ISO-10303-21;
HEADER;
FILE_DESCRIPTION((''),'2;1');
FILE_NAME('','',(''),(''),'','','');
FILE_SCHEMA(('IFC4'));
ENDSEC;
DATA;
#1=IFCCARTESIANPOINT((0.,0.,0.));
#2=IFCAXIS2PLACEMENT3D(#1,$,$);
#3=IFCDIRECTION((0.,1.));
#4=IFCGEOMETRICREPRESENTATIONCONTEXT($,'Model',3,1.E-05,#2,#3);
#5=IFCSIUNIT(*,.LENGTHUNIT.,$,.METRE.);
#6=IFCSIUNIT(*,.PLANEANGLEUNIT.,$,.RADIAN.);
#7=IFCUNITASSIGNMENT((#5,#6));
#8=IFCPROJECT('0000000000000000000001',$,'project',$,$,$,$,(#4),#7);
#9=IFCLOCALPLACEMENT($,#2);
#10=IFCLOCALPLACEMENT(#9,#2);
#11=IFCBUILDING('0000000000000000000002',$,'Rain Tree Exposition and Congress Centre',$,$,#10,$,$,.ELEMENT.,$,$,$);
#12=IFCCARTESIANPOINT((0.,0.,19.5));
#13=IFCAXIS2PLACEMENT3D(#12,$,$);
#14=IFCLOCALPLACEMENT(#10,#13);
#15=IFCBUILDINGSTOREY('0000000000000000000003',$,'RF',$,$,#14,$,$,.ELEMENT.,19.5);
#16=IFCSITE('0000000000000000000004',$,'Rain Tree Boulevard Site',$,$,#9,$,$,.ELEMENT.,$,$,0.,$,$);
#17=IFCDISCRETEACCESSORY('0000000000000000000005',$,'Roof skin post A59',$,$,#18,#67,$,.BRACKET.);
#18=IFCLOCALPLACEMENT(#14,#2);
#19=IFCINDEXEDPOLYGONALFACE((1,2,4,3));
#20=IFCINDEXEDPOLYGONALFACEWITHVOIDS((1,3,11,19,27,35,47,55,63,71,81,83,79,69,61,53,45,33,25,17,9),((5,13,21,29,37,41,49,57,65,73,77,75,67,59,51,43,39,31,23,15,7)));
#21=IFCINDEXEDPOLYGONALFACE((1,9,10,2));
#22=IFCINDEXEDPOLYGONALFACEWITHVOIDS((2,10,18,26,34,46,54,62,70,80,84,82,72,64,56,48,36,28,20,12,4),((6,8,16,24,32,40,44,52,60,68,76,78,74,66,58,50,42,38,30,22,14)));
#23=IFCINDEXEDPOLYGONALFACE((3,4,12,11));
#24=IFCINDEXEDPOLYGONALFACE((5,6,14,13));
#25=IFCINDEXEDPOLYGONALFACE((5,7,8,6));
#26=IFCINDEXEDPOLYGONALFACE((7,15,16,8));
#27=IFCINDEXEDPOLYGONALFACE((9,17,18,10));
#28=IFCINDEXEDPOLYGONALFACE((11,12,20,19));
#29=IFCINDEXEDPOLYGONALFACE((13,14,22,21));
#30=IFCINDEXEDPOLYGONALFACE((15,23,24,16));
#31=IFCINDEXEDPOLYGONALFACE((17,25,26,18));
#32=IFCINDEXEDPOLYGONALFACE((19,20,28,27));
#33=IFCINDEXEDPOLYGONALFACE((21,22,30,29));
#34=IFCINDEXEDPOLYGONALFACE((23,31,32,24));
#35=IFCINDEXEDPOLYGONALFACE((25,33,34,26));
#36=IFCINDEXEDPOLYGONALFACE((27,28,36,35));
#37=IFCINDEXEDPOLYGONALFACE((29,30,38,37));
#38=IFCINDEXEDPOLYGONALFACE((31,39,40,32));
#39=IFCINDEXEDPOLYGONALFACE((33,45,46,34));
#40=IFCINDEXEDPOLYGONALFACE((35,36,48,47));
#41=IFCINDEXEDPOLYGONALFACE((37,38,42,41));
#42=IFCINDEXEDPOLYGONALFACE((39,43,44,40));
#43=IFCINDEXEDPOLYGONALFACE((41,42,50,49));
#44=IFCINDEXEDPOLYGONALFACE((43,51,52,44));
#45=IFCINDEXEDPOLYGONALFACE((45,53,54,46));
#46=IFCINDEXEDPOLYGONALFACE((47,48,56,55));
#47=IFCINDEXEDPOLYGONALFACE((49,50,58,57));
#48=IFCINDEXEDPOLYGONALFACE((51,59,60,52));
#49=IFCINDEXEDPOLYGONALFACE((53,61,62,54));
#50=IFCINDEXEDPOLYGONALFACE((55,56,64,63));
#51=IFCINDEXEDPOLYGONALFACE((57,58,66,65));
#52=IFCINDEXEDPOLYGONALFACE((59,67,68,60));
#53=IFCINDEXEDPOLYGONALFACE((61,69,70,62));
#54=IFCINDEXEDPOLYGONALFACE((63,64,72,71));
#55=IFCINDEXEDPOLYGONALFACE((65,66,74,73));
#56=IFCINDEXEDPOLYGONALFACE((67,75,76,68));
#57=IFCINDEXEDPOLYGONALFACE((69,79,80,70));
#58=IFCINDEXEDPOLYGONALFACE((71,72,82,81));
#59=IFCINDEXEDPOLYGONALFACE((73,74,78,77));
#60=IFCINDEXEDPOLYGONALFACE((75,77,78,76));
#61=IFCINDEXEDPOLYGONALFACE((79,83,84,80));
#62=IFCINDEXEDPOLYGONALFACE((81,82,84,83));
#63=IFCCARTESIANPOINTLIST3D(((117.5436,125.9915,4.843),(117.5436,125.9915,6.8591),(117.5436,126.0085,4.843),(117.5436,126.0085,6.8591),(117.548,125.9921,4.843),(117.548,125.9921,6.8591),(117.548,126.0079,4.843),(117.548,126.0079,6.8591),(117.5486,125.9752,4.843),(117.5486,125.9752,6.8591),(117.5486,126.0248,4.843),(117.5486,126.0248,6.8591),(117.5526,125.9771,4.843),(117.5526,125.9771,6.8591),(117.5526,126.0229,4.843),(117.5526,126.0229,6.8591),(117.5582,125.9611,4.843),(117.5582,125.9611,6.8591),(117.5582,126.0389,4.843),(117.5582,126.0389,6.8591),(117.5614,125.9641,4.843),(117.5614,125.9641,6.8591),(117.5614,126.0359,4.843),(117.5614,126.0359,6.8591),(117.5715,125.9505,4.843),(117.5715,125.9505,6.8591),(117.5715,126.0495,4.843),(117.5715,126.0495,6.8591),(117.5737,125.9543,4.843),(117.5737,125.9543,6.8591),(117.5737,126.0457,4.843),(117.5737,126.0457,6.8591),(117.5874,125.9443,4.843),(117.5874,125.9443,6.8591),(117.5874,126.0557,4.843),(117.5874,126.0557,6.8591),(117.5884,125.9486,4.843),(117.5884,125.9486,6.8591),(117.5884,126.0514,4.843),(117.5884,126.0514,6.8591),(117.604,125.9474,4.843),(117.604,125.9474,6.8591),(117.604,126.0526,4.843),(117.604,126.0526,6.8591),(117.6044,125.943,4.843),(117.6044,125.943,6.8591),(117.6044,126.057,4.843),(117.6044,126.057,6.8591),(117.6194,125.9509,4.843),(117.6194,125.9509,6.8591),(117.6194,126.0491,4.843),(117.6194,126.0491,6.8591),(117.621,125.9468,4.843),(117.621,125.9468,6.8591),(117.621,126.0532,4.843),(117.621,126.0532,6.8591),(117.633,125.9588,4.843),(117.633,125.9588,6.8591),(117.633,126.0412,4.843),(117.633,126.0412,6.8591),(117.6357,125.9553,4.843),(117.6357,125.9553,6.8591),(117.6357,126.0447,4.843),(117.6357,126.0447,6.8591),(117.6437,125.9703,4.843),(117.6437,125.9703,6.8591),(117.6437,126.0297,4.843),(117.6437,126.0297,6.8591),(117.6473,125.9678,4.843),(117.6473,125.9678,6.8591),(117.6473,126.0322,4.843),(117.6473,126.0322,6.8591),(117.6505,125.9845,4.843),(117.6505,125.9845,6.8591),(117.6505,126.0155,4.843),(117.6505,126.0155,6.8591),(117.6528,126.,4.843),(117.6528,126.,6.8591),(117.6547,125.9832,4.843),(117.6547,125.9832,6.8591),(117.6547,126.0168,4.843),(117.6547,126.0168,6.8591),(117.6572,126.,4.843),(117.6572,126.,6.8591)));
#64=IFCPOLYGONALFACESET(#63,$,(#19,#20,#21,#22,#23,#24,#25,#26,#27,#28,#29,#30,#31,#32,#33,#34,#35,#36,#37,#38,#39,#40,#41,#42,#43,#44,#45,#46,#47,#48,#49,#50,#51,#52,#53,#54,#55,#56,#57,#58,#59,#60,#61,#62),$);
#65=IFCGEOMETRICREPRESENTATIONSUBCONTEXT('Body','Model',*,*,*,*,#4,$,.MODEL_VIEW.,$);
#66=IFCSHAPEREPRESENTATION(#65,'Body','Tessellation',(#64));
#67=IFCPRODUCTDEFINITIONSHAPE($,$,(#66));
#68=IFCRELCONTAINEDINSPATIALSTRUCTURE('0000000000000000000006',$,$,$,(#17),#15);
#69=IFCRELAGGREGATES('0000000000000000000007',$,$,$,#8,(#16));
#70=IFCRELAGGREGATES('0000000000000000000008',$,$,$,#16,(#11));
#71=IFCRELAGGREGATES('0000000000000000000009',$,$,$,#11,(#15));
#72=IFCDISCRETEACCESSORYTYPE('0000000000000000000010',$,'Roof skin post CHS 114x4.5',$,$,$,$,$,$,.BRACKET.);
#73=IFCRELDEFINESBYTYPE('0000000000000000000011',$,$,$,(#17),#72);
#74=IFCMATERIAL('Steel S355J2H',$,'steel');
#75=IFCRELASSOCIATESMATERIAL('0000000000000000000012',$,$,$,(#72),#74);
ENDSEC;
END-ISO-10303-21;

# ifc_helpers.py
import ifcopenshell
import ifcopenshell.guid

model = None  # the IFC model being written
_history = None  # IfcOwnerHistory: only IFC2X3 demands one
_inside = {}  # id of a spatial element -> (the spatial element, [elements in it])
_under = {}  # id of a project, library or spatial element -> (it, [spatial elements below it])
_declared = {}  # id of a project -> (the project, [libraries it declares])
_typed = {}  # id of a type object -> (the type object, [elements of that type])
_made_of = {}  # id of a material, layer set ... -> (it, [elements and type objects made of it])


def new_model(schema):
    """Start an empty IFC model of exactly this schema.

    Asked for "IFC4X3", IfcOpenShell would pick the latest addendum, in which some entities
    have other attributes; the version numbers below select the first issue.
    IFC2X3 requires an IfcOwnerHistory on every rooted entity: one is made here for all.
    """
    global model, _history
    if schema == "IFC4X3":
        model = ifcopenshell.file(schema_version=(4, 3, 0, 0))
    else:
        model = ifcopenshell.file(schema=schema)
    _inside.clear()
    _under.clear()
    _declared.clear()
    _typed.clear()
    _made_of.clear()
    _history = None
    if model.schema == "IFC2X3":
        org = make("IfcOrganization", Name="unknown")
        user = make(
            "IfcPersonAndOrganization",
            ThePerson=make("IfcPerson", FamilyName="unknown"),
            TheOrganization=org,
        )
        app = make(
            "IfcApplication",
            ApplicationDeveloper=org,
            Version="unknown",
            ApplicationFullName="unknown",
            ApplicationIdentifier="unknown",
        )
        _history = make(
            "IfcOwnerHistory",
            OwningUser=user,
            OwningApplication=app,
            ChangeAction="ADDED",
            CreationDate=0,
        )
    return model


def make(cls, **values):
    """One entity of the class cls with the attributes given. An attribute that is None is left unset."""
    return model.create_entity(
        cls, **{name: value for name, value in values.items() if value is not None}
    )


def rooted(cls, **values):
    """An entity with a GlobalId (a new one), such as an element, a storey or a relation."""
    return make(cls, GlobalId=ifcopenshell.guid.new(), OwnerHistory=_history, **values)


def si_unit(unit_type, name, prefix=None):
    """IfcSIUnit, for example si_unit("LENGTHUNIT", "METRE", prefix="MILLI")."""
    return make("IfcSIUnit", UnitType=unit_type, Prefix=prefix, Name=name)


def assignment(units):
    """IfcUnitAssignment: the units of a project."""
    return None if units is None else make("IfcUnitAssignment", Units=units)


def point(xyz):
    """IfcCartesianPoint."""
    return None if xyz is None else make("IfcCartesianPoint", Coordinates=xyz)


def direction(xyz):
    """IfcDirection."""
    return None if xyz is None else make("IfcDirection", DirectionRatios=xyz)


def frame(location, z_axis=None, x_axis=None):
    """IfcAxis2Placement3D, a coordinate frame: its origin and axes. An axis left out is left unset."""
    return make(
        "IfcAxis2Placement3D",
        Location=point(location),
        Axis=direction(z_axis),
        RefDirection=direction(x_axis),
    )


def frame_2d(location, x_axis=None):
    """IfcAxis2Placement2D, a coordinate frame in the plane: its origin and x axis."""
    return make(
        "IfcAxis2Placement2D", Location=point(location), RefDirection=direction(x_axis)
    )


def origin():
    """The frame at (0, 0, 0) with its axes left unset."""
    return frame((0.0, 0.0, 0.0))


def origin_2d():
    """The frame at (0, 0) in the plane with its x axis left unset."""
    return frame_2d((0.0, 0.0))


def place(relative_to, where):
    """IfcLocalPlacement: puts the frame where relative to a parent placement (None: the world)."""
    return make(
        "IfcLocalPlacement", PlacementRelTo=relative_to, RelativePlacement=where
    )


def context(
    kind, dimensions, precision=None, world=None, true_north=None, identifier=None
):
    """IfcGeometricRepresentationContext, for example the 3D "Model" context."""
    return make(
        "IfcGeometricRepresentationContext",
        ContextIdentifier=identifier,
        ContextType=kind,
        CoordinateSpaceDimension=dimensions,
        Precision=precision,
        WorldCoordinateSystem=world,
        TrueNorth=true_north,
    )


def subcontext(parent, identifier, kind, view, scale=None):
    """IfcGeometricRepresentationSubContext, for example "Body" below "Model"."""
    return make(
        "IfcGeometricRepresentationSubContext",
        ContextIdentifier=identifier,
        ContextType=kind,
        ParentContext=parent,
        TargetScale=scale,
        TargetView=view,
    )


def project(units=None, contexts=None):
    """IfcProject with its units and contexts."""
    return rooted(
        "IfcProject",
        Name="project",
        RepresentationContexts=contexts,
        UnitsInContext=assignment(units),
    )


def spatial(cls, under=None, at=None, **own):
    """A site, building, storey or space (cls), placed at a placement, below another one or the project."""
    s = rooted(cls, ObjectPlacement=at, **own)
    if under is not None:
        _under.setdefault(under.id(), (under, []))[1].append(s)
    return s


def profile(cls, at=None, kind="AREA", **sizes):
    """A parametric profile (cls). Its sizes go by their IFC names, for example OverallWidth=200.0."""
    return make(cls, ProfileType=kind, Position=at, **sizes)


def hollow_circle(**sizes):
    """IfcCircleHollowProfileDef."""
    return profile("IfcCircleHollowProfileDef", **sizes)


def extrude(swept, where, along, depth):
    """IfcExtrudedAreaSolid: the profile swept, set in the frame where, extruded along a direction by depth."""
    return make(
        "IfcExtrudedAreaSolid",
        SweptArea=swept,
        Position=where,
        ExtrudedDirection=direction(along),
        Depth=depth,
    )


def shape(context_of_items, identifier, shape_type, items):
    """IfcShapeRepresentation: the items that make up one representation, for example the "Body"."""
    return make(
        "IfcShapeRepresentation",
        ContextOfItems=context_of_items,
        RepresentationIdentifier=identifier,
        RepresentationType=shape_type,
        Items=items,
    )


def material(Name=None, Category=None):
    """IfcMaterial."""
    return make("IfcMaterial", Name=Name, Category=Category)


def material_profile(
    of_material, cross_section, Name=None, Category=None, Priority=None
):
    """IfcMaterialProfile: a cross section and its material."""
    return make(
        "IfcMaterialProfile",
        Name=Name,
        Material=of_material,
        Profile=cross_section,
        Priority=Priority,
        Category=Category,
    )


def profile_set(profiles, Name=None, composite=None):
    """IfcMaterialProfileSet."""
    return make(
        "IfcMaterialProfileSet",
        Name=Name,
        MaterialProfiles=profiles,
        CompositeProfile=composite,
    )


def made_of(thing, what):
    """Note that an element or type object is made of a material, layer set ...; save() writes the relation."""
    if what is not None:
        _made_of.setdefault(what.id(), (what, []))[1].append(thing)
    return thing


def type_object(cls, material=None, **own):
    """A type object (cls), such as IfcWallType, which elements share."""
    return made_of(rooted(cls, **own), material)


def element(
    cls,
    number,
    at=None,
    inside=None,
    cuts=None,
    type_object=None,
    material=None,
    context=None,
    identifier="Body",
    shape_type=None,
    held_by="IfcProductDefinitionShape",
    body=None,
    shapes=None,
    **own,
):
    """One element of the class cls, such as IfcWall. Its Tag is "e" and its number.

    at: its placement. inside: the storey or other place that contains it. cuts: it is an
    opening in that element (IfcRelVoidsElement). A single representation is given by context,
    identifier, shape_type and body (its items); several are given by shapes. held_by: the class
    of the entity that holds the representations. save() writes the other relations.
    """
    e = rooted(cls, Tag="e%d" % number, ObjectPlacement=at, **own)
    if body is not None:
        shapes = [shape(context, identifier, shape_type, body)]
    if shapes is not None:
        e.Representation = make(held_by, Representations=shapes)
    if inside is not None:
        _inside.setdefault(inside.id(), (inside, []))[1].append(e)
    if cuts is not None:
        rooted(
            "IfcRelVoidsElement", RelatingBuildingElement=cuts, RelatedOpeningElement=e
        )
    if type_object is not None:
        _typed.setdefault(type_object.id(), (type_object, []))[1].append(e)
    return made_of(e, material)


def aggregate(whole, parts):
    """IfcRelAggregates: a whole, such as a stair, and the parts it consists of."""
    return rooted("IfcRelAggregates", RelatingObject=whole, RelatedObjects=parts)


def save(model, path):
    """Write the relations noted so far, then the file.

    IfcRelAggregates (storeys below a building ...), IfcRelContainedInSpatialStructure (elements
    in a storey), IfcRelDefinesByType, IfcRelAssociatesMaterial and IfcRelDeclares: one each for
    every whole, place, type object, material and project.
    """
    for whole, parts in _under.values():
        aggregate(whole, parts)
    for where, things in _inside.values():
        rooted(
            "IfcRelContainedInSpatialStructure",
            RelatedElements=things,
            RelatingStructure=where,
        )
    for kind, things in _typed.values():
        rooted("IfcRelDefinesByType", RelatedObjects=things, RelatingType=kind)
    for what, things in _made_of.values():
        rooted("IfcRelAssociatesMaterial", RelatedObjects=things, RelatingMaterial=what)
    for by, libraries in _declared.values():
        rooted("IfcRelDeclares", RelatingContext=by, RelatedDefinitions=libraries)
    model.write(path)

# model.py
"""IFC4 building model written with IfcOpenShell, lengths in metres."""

from ifc_helpers import new_model, si_unit, direction, frame, origin, origin_2d, place, context, subcontext, project, spatial, hollow_circle, extrude, material, material_profile, profile_set, type_object, element, save


model = new_model("IFC4")

# Units and contexts
model_context = context("Model", 3, precision=1e-05, world=origin(), true_north=direction((0.0, 1.0)))
body_context = subcontext(model_context, "Body", "Model", "MODEL_VIEW")
ifc_project = project(units=[si_unit("LENGTHUNIT", "METRE"), si_unit("PLANEANGLEUNIT", "RADIAN")], contexts=[model_context])

# Site, building, storey
site_placement = place(None, origin())
site = spatial("IfcSite", under=ifc_project, at=site_placement, Name="Rain Tree Boulevard Site", CompositionType="ELEMENT", RefElevation=0.0)
building_placement = place(site_placement, origin())
building = spatial("IfcBuilding", under=site, at=building_placement, Name="Rain Tree Exposition and Congress Centre", CompositionType="ELEMENT")
storey_placement = place(building_placement, frame((0.0, 0.0, 19.5)))
storey = spatial("IfcBuildingStorey", under=building, at=storey_placement, Name="RF", CompositionType="ELEMENT", Elevation=19.5)

# Discrete accessory
ifc_material_1 = material(Name="Steel S355J2H", Category="steel")
ifc_material_profile_1 = material_profile(ifc_material_1, hollow_circle(Radius=0.0571, WallThickness=0.0044, at=origin_2d()), Name="CHS 114x4.5")
ifc_profile_set_1 = profile_set([ifc_material_profile_1], Name="Steel S355J2H")
discrete_accessory_type_1 = type_object("IfcDiscreteAccessoryType", Name="Roof skin post CHS 114x4.5", PredefinedType="BRACKET", material=ifc_profile_set_1)
discrete_accessory_1_placement = place(storey_placement, frame((117.6001, 126.0, 4.843), z_axis=(0.0, 0.0, 1.0), x_axis=(1.0, 0.0, 0.0)))
element("IfcDiscreteAccessory", 1, at=discrete_accessory_1_placement, inside=storey, type_object=discrete_accessory_type_1, Name="Roof skin post A59", PredefinedType="BRACKET", context=body_context, shape_type="SweptSolid", body=[
    extrude(hollow_circle(Radius=0.0571, WallThickness=0.0044, at=origin_2d()), origin(), (0.0, 0.0, 1.0), 2.0161),
])

save(model, "model.ifc")
